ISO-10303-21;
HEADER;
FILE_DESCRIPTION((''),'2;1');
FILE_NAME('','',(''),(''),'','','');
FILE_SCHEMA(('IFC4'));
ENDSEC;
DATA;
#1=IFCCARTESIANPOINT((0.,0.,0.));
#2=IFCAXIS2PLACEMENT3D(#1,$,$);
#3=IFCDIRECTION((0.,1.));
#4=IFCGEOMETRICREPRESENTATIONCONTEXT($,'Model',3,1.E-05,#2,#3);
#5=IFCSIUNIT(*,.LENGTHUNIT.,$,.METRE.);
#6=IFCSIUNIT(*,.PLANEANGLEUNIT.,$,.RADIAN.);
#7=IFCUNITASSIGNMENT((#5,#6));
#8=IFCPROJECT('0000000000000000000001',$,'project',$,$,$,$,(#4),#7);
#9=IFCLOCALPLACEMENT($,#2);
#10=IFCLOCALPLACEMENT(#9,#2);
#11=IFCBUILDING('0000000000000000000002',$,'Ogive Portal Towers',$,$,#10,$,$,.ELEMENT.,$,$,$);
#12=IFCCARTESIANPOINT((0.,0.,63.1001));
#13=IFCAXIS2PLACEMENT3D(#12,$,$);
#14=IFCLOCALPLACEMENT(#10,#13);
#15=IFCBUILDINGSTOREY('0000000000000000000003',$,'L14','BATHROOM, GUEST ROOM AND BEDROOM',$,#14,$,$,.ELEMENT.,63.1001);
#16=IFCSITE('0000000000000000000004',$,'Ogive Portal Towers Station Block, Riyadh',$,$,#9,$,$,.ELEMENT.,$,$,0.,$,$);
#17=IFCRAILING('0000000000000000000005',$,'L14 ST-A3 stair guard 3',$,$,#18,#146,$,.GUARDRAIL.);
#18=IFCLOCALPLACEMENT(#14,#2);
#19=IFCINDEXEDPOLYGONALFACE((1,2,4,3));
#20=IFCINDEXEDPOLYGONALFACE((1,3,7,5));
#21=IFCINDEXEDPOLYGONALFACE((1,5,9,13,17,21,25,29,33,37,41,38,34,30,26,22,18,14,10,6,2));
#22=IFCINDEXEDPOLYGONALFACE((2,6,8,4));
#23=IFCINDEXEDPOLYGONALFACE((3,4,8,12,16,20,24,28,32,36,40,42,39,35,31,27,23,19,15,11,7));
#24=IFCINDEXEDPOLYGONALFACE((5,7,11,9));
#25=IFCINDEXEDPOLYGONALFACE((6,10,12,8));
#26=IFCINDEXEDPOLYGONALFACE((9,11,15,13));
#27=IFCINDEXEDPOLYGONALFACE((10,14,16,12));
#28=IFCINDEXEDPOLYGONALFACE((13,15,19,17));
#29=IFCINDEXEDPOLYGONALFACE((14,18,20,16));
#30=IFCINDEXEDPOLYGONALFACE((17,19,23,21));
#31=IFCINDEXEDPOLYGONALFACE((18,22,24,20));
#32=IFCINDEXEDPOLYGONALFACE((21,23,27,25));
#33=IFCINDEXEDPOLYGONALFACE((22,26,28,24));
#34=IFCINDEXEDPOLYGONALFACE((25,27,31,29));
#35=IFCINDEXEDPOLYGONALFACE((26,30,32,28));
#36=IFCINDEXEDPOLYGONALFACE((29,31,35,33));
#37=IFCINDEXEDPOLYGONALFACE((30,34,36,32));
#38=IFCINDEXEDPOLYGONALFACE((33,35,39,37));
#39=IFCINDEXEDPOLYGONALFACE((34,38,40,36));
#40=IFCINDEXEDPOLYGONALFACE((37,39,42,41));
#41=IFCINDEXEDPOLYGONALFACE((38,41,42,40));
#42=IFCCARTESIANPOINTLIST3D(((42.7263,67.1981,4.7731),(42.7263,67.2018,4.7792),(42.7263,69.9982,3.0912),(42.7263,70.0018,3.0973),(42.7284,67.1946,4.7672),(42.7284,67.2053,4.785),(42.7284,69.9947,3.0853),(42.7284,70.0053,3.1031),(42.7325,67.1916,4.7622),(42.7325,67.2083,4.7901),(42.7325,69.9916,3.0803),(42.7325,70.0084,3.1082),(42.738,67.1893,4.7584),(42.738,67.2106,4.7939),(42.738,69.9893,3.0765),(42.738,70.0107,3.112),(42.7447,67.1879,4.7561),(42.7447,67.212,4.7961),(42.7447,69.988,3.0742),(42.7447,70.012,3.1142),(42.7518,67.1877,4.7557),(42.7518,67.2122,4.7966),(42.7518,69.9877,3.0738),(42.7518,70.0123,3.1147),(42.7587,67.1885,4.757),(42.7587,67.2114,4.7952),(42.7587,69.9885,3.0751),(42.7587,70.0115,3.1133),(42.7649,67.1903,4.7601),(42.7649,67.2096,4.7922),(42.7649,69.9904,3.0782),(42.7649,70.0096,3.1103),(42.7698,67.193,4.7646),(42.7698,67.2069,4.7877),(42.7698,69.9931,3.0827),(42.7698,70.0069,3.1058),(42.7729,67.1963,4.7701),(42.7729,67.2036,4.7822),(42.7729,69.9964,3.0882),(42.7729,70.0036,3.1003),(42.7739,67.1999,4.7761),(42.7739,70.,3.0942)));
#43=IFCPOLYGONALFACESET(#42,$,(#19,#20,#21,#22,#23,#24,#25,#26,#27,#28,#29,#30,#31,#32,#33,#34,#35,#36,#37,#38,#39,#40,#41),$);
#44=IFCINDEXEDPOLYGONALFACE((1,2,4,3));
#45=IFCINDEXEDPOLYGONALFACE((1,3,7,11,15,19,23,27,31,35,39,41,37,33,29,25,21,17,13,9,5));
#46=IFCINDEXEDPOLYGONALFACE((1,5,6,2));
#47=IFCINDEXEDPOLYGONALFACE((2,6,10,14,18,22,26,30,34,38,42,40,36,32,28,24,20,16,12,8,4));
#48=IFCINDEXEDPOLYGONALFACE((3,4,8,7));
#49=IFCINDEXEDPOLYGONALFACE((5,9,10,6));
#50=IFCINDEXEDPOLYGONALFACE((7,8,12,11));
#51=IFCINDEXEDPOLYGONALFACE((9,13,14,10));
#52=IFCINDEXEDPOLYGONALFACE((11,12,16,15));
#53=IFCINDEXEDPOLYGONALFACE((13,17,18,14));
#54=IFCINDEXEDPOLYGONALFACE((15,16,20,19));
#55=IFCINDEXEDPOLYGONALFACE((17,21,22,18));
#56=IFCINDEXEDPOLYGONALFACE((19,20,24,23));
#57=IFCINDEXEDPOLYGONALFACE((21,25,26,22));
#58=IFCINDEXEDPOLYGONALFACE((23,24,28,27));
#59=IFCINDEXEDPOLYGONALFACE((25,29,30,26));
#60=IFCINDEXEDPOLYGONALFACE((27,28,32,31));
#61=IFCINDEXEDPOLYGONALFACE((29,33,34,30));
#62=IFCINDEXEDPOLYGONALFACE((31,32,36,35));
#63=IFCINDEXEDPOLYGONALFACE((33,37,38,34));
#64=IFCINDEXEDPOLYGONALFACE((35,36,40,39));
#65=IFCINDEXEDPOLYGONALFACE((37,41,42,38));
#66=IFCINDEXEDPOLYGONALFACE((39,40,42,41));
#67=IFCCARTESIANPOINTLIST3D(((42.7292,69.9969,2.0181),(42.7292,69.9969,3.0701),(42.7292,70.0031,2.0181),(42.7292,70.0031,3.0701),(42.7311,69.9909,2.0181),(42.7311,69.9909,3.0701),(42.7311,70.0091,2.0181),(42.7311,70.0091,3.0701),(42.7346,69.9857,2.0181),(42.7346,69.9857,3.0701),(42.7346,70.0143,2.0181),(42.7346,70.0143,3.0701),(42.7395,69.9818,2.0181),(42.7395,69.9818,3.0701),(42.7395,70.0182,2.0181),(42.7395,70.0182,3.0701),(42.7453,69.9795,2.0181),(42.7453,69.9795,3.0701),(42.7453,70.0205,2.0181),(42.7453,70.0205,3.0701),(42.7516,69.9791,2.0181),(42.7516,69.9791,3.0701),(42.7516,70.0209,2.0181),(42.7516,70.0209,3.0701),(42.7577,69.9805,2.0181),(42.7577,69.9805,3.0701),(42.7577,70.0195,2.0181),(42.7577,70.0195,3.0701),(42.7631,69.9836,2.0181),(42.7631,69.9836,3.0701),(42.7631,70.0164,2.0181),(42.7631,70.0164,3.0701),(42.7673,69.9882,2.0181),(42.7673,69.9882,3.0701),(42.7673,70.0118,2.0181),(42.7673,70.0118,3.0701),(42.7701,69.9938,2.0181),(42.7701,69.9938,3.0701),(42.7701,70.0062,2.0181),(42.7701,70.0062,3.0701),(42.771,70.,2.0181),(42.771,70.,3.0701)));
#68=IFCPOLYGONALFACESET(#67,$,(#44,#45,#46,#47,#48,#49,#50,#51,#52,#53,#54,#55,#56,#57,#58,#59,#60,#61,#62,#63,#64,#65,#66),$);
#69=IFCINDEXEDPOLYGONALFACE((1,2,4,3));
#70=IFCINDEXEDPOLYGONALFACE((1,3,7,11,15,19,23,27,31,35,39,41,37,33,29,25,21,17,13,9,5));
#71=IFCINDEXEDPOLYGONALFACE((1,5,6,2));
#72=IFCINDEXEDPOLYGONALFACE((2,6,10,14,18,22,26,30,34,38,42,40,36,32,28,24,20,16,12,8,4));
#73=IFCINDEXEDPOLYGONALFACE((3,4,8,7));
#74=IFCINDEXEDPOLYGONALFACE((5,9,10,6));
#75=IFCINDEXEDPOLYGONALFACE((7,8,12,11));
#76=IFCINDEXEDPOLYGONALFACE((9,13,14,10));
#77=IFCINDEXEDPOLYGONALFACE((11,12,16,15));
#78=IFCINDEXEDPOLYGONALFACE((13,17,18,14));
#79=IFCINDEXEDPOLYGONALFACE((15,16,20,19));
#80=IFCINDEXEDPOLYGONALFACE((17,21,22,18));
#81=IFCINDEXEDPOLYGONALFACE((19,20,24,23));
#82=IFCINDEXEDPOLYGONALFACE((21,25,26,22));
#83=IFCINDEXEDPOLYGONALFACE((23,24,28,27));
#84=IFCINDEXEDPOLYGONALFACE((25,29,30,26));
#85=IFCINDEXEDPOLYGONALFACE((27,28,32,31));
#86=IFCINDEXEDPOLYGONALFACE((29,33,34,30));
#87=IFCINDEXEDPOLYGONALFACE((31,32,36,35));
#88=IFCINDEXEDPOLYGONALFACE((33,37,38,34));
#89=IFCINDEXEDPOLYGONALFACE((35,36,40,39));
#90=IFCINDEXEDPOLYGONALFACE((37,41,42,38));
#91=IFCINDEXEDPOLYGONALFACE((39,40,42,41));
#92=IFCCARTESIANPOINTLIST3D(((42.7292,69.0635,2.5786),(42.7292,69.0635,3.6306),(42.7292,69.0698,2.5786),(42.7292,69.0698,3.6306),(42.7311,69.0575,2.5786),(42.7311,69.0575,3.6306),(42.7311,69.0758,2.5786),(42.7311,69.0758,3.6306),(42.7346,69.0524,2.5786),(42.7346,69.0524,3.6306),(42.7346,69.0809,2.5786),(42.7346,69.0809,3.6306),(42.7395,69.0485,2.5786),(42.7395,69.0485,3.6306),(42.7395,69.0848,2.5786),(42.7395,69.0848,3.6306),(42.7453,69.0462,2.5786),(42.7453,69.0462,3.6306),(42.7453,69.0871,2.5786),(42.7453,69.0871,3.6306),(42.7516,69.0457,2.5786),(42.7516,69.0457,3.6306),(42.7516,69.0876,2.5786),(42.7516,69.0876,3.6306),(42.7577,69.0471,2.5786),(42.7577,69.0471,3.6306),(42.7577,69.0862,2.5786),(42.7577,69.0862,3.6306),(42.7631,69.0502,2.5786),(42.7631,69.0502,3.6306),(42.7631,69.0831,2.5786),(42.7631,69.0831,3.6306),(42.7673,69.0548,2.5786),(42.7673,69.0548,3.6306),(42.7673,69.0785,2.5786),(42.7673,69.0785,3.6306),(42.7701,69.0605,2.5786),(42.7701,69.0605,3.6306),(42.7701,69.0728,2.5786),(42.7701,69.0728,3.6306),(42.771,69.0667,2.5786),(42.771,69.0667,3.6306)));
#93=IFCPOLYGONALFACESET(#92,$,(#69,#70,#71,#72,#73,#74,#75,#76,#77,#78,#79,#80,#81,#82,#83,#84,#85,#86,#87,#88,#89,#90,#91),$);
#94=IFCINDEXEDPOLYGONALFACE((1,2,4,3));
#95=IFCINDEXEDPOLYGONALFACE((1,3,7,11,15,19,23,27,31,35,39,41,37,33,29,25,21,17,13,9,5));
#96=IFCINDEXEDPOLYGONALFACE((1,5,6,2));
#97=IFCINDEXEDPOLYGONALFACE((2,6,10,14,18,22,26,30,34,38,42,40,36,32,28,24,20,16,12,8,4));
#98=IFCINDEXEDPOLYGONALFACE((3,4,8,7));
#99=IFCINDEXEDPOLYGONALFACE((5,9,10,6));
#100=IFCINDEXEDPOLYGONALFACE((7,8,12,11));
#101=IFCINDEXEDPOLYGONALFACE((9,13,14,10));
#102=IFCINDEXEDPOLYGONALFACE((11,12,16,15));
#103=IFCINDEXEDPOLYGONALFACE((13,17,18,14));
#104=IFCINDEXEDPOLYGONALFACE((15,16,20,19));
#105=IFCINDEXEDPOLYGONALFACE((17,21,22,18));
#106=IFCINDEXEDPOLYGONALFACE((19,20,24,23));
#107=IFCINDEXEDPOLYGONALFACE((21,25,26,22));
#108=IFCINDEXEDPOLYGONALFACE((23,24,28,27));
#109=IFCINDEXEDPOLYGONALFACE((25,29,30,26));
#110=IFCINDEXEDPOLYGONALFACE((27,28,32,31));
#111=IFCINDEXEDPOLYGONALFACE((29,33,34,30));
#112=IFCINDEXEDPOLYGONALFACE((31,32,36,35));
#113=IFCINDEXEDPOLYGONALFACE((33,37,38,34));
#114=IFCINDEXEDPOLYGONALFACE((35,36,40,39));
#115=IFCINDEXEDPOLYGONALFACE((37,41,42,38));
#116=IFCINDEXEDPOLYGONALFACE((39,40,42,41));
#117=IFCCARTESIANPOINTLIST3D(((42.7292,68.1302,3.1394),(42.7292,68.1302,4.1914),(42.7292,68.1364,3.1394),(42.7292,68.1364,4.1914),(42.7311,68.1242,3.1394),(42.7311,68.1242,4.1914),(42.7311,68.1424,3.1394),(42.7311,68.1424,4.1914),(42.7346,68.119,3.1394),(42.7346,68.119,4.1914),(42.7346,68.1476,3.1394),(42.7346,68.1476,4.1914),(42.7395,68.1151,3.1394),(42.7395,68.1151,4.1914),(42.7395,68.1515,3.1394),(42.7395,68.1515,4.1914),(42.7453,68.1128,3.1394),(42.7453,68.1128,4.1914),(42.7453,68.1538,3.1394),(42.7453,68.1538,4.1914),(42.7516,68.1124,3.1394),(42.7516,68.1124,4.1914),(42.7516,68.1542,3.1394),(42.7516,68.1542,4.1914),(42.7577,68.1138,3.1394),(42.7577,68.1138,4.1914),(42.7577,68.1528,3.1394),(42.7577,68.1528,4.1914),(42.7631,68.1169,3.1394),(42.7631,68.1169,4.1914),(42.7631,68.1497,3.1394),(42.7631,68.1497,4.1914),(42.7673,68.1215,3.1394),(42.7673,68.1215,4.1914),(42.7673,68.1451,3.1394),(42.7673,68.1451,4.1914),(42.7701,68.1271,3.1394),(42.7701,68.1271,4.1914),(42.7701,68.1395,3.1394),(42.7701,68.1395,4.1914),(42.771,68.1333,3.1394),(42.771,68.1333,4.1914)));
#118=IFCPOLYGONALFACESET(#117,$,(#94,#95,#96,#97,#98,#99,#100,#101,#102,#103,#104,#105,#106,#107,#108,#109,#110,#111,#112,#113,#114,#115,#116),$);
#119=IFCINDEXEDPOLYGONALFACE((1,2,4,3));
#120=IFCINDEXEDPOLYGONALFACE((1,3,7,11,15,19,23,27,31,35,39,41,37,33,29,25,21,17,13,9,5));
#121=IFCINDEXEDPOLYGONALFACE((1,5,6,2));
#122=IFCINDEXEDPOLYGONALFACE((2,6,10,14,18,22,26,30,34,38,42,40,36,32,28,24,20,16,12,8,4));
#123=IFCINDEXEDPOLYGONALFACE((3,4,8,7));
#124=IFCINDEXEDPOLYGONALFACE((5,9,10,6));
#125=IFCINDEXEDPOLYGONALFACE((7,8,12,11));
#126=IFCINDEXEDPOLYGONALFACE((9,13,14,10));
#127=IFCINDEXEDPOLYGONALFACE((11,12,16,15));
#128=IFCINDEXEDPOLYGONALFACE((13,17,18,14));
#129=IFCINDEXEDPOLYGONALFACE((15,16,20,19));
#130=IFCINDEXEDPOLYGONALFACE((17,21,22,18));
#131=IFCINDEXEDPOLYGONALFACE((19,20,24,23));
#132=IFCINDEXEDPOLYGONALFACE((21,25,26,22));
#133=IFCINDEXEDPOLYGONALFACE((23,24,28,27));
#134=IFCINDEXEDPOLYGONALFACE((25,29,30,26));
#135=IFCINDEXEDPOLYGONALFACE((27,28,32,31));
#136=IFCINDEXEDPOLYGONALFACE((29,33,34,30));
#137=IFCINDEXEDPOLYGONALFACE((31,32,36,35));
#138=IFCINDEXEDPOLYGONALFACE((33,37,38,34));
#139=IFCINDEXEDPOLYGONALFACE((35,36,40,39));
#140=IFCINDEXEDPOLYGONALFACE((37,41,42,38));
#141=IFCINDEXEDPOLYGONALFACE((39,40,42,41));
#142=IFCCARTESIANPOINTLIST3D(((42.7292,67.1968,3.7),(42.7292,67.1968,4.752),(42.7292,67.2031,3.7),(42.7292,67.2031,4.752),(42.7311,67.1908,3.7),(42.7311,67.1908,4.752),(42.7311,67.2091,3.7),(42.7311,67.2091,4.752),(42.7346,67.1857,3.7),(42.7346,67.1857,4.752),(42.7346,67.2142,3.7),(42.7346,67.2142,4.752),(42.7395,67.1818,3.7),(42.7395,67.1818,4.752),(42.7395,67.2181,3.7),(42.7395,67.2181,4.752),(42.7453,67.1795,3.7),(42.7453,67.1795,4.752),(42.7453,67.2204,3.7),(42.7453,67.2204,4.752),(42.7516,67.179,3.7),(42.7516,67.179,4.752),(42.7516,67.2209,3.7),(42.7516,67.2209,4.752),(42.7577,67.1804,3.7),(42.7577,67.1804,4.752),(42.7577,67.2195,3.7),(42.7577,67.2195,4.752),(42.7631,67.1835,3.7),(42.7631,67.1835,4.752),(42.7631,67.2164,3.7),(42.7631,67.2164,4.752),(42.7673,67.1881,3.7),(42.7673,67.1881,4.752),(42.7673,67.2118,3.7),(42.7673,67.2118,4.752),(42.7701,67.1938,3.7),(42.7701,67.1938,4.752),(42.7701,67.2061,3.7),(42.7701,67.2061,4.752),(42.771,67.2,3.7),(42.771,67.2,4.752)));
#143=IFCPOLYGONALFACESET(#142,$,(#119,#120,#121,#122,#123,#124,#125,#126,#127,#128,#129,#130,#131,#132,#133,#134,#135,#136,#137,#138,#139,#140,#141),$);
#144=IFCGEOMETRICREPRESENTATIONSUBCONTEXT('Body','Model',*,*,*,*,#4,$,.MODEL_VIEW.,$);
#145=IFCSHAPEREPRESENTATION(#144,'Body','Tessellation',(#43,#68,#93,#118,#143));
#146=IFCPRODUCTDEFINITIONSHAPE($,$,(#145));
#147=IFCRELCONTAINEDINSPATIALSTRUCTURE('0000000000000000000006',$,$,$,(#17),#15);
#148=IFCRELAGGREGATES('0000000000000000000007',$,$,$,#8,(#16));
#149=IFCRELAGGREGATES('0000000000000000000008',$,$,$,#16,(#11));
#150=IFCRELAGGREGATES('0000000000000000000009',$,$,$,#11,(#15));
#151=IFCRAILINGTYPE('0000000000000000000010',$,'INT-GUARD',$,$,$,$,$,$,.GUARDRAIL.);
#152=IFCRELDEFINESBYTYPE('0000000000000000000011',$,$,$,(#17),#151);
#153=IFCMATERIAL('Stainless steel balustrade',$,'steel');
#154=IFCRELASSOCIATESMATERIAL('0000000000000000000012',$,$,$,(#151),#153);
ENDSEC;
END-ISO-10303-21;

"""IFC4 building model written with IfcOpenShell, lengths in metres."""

from ifc_helpers import new_model, si_unit, direction, frame, origin, origin_2d, place, context, subcontext, project, spatial, circle, extrude, material, type_object, element, save


model = new_model("IFC4")

# Units and contexts
model_context = context("Model", 3, precision=1e-05, world=origin(), true_north=direction((0.0, 1.0)))
body_context = subcontext(model_context, "Body", "Model", "MODEL_VIEW")
ifc_project = project(units=[si_unit("LENGTHUNIT", "METRE"), si_unit("PLANEANGLEUNIT", "RADIAN")], contexts=[model_context])

# Site, building, storey
site_placement = place(None, origin())
site = spatial("IfcSite", under=ifc_project, at=site_placement, Name="Ogive Portal Towers Station Block, Riyadh", CompositionType="ELEMENT", RefElevation=0.0)
building_placement = place(site_placement, origin())
building = spatial("IfcBuilding", under=site, at=building_placement, Name="Ogive Portal Towers", CompositionType="ELEMENT")
storey_placement = place(building_placement, frame((0.0, 0.0, 63.1001)))
storey = spatial("IfcBuildingStorey", under=building, at=storey_placement, Name="L14", Description="BATHROOM, GUEST ROOM AND BEDROOM", CompositionType="ELEMENT", Elevation=63.1001)

# Railing
ifc_material_1 = material(Name="Stainless steel balustrade", Category="steel")
railing_type_1 = type_object("IfcRailingType", Name="INT-GUARD", PredefinedType="GUARDRAIL", material=ifc_material_1)
railing_1_placement = place(storey_placement, frame((42.75, 70.0, 2.0181)))
element("IfcRailing", 1, at=railing_1_placement, inside=storey, type_object=railing_type_1, Name="L14 ST-A3 stair guard 3", PredefinedType="GUARDRAIL", context=body_context, shape_type="SweptSolid", body=[
    extrude(circle(Radius=0.0239, at=origin_2d()), frame((0.0, 0.0, 1.0762), z_axis=(0.0, -0.857242, 0.514913), x_axis=(1.0, 0.0, 0.0)), (0.0, 0.0, 1.0), 3.2664),
    extrude(circle(Radius=0.021, at=origin_2d()), origin(), (0.0, 0.0, 1.0), 1.052),
    extrude(circle(Radius=0.021, at=origin_2d()), frame((0.0, -0.9333, 0.5605)), (0.0, 0.0, 1.0), 1.052),
    extrude(circle(Radius=0.021, at=origin_2d()), frame((0.0, -1.8667, 1.1213)), (0.0, 0.0, 1.0), 1.052),
    extrude(circle(Radius=0.021, at=origin_2d()), frame((0.0, -2.8, 1.6819)), (0.0, 0.0, 1.0), 1.052),
])

save(model, "model.ifc")
